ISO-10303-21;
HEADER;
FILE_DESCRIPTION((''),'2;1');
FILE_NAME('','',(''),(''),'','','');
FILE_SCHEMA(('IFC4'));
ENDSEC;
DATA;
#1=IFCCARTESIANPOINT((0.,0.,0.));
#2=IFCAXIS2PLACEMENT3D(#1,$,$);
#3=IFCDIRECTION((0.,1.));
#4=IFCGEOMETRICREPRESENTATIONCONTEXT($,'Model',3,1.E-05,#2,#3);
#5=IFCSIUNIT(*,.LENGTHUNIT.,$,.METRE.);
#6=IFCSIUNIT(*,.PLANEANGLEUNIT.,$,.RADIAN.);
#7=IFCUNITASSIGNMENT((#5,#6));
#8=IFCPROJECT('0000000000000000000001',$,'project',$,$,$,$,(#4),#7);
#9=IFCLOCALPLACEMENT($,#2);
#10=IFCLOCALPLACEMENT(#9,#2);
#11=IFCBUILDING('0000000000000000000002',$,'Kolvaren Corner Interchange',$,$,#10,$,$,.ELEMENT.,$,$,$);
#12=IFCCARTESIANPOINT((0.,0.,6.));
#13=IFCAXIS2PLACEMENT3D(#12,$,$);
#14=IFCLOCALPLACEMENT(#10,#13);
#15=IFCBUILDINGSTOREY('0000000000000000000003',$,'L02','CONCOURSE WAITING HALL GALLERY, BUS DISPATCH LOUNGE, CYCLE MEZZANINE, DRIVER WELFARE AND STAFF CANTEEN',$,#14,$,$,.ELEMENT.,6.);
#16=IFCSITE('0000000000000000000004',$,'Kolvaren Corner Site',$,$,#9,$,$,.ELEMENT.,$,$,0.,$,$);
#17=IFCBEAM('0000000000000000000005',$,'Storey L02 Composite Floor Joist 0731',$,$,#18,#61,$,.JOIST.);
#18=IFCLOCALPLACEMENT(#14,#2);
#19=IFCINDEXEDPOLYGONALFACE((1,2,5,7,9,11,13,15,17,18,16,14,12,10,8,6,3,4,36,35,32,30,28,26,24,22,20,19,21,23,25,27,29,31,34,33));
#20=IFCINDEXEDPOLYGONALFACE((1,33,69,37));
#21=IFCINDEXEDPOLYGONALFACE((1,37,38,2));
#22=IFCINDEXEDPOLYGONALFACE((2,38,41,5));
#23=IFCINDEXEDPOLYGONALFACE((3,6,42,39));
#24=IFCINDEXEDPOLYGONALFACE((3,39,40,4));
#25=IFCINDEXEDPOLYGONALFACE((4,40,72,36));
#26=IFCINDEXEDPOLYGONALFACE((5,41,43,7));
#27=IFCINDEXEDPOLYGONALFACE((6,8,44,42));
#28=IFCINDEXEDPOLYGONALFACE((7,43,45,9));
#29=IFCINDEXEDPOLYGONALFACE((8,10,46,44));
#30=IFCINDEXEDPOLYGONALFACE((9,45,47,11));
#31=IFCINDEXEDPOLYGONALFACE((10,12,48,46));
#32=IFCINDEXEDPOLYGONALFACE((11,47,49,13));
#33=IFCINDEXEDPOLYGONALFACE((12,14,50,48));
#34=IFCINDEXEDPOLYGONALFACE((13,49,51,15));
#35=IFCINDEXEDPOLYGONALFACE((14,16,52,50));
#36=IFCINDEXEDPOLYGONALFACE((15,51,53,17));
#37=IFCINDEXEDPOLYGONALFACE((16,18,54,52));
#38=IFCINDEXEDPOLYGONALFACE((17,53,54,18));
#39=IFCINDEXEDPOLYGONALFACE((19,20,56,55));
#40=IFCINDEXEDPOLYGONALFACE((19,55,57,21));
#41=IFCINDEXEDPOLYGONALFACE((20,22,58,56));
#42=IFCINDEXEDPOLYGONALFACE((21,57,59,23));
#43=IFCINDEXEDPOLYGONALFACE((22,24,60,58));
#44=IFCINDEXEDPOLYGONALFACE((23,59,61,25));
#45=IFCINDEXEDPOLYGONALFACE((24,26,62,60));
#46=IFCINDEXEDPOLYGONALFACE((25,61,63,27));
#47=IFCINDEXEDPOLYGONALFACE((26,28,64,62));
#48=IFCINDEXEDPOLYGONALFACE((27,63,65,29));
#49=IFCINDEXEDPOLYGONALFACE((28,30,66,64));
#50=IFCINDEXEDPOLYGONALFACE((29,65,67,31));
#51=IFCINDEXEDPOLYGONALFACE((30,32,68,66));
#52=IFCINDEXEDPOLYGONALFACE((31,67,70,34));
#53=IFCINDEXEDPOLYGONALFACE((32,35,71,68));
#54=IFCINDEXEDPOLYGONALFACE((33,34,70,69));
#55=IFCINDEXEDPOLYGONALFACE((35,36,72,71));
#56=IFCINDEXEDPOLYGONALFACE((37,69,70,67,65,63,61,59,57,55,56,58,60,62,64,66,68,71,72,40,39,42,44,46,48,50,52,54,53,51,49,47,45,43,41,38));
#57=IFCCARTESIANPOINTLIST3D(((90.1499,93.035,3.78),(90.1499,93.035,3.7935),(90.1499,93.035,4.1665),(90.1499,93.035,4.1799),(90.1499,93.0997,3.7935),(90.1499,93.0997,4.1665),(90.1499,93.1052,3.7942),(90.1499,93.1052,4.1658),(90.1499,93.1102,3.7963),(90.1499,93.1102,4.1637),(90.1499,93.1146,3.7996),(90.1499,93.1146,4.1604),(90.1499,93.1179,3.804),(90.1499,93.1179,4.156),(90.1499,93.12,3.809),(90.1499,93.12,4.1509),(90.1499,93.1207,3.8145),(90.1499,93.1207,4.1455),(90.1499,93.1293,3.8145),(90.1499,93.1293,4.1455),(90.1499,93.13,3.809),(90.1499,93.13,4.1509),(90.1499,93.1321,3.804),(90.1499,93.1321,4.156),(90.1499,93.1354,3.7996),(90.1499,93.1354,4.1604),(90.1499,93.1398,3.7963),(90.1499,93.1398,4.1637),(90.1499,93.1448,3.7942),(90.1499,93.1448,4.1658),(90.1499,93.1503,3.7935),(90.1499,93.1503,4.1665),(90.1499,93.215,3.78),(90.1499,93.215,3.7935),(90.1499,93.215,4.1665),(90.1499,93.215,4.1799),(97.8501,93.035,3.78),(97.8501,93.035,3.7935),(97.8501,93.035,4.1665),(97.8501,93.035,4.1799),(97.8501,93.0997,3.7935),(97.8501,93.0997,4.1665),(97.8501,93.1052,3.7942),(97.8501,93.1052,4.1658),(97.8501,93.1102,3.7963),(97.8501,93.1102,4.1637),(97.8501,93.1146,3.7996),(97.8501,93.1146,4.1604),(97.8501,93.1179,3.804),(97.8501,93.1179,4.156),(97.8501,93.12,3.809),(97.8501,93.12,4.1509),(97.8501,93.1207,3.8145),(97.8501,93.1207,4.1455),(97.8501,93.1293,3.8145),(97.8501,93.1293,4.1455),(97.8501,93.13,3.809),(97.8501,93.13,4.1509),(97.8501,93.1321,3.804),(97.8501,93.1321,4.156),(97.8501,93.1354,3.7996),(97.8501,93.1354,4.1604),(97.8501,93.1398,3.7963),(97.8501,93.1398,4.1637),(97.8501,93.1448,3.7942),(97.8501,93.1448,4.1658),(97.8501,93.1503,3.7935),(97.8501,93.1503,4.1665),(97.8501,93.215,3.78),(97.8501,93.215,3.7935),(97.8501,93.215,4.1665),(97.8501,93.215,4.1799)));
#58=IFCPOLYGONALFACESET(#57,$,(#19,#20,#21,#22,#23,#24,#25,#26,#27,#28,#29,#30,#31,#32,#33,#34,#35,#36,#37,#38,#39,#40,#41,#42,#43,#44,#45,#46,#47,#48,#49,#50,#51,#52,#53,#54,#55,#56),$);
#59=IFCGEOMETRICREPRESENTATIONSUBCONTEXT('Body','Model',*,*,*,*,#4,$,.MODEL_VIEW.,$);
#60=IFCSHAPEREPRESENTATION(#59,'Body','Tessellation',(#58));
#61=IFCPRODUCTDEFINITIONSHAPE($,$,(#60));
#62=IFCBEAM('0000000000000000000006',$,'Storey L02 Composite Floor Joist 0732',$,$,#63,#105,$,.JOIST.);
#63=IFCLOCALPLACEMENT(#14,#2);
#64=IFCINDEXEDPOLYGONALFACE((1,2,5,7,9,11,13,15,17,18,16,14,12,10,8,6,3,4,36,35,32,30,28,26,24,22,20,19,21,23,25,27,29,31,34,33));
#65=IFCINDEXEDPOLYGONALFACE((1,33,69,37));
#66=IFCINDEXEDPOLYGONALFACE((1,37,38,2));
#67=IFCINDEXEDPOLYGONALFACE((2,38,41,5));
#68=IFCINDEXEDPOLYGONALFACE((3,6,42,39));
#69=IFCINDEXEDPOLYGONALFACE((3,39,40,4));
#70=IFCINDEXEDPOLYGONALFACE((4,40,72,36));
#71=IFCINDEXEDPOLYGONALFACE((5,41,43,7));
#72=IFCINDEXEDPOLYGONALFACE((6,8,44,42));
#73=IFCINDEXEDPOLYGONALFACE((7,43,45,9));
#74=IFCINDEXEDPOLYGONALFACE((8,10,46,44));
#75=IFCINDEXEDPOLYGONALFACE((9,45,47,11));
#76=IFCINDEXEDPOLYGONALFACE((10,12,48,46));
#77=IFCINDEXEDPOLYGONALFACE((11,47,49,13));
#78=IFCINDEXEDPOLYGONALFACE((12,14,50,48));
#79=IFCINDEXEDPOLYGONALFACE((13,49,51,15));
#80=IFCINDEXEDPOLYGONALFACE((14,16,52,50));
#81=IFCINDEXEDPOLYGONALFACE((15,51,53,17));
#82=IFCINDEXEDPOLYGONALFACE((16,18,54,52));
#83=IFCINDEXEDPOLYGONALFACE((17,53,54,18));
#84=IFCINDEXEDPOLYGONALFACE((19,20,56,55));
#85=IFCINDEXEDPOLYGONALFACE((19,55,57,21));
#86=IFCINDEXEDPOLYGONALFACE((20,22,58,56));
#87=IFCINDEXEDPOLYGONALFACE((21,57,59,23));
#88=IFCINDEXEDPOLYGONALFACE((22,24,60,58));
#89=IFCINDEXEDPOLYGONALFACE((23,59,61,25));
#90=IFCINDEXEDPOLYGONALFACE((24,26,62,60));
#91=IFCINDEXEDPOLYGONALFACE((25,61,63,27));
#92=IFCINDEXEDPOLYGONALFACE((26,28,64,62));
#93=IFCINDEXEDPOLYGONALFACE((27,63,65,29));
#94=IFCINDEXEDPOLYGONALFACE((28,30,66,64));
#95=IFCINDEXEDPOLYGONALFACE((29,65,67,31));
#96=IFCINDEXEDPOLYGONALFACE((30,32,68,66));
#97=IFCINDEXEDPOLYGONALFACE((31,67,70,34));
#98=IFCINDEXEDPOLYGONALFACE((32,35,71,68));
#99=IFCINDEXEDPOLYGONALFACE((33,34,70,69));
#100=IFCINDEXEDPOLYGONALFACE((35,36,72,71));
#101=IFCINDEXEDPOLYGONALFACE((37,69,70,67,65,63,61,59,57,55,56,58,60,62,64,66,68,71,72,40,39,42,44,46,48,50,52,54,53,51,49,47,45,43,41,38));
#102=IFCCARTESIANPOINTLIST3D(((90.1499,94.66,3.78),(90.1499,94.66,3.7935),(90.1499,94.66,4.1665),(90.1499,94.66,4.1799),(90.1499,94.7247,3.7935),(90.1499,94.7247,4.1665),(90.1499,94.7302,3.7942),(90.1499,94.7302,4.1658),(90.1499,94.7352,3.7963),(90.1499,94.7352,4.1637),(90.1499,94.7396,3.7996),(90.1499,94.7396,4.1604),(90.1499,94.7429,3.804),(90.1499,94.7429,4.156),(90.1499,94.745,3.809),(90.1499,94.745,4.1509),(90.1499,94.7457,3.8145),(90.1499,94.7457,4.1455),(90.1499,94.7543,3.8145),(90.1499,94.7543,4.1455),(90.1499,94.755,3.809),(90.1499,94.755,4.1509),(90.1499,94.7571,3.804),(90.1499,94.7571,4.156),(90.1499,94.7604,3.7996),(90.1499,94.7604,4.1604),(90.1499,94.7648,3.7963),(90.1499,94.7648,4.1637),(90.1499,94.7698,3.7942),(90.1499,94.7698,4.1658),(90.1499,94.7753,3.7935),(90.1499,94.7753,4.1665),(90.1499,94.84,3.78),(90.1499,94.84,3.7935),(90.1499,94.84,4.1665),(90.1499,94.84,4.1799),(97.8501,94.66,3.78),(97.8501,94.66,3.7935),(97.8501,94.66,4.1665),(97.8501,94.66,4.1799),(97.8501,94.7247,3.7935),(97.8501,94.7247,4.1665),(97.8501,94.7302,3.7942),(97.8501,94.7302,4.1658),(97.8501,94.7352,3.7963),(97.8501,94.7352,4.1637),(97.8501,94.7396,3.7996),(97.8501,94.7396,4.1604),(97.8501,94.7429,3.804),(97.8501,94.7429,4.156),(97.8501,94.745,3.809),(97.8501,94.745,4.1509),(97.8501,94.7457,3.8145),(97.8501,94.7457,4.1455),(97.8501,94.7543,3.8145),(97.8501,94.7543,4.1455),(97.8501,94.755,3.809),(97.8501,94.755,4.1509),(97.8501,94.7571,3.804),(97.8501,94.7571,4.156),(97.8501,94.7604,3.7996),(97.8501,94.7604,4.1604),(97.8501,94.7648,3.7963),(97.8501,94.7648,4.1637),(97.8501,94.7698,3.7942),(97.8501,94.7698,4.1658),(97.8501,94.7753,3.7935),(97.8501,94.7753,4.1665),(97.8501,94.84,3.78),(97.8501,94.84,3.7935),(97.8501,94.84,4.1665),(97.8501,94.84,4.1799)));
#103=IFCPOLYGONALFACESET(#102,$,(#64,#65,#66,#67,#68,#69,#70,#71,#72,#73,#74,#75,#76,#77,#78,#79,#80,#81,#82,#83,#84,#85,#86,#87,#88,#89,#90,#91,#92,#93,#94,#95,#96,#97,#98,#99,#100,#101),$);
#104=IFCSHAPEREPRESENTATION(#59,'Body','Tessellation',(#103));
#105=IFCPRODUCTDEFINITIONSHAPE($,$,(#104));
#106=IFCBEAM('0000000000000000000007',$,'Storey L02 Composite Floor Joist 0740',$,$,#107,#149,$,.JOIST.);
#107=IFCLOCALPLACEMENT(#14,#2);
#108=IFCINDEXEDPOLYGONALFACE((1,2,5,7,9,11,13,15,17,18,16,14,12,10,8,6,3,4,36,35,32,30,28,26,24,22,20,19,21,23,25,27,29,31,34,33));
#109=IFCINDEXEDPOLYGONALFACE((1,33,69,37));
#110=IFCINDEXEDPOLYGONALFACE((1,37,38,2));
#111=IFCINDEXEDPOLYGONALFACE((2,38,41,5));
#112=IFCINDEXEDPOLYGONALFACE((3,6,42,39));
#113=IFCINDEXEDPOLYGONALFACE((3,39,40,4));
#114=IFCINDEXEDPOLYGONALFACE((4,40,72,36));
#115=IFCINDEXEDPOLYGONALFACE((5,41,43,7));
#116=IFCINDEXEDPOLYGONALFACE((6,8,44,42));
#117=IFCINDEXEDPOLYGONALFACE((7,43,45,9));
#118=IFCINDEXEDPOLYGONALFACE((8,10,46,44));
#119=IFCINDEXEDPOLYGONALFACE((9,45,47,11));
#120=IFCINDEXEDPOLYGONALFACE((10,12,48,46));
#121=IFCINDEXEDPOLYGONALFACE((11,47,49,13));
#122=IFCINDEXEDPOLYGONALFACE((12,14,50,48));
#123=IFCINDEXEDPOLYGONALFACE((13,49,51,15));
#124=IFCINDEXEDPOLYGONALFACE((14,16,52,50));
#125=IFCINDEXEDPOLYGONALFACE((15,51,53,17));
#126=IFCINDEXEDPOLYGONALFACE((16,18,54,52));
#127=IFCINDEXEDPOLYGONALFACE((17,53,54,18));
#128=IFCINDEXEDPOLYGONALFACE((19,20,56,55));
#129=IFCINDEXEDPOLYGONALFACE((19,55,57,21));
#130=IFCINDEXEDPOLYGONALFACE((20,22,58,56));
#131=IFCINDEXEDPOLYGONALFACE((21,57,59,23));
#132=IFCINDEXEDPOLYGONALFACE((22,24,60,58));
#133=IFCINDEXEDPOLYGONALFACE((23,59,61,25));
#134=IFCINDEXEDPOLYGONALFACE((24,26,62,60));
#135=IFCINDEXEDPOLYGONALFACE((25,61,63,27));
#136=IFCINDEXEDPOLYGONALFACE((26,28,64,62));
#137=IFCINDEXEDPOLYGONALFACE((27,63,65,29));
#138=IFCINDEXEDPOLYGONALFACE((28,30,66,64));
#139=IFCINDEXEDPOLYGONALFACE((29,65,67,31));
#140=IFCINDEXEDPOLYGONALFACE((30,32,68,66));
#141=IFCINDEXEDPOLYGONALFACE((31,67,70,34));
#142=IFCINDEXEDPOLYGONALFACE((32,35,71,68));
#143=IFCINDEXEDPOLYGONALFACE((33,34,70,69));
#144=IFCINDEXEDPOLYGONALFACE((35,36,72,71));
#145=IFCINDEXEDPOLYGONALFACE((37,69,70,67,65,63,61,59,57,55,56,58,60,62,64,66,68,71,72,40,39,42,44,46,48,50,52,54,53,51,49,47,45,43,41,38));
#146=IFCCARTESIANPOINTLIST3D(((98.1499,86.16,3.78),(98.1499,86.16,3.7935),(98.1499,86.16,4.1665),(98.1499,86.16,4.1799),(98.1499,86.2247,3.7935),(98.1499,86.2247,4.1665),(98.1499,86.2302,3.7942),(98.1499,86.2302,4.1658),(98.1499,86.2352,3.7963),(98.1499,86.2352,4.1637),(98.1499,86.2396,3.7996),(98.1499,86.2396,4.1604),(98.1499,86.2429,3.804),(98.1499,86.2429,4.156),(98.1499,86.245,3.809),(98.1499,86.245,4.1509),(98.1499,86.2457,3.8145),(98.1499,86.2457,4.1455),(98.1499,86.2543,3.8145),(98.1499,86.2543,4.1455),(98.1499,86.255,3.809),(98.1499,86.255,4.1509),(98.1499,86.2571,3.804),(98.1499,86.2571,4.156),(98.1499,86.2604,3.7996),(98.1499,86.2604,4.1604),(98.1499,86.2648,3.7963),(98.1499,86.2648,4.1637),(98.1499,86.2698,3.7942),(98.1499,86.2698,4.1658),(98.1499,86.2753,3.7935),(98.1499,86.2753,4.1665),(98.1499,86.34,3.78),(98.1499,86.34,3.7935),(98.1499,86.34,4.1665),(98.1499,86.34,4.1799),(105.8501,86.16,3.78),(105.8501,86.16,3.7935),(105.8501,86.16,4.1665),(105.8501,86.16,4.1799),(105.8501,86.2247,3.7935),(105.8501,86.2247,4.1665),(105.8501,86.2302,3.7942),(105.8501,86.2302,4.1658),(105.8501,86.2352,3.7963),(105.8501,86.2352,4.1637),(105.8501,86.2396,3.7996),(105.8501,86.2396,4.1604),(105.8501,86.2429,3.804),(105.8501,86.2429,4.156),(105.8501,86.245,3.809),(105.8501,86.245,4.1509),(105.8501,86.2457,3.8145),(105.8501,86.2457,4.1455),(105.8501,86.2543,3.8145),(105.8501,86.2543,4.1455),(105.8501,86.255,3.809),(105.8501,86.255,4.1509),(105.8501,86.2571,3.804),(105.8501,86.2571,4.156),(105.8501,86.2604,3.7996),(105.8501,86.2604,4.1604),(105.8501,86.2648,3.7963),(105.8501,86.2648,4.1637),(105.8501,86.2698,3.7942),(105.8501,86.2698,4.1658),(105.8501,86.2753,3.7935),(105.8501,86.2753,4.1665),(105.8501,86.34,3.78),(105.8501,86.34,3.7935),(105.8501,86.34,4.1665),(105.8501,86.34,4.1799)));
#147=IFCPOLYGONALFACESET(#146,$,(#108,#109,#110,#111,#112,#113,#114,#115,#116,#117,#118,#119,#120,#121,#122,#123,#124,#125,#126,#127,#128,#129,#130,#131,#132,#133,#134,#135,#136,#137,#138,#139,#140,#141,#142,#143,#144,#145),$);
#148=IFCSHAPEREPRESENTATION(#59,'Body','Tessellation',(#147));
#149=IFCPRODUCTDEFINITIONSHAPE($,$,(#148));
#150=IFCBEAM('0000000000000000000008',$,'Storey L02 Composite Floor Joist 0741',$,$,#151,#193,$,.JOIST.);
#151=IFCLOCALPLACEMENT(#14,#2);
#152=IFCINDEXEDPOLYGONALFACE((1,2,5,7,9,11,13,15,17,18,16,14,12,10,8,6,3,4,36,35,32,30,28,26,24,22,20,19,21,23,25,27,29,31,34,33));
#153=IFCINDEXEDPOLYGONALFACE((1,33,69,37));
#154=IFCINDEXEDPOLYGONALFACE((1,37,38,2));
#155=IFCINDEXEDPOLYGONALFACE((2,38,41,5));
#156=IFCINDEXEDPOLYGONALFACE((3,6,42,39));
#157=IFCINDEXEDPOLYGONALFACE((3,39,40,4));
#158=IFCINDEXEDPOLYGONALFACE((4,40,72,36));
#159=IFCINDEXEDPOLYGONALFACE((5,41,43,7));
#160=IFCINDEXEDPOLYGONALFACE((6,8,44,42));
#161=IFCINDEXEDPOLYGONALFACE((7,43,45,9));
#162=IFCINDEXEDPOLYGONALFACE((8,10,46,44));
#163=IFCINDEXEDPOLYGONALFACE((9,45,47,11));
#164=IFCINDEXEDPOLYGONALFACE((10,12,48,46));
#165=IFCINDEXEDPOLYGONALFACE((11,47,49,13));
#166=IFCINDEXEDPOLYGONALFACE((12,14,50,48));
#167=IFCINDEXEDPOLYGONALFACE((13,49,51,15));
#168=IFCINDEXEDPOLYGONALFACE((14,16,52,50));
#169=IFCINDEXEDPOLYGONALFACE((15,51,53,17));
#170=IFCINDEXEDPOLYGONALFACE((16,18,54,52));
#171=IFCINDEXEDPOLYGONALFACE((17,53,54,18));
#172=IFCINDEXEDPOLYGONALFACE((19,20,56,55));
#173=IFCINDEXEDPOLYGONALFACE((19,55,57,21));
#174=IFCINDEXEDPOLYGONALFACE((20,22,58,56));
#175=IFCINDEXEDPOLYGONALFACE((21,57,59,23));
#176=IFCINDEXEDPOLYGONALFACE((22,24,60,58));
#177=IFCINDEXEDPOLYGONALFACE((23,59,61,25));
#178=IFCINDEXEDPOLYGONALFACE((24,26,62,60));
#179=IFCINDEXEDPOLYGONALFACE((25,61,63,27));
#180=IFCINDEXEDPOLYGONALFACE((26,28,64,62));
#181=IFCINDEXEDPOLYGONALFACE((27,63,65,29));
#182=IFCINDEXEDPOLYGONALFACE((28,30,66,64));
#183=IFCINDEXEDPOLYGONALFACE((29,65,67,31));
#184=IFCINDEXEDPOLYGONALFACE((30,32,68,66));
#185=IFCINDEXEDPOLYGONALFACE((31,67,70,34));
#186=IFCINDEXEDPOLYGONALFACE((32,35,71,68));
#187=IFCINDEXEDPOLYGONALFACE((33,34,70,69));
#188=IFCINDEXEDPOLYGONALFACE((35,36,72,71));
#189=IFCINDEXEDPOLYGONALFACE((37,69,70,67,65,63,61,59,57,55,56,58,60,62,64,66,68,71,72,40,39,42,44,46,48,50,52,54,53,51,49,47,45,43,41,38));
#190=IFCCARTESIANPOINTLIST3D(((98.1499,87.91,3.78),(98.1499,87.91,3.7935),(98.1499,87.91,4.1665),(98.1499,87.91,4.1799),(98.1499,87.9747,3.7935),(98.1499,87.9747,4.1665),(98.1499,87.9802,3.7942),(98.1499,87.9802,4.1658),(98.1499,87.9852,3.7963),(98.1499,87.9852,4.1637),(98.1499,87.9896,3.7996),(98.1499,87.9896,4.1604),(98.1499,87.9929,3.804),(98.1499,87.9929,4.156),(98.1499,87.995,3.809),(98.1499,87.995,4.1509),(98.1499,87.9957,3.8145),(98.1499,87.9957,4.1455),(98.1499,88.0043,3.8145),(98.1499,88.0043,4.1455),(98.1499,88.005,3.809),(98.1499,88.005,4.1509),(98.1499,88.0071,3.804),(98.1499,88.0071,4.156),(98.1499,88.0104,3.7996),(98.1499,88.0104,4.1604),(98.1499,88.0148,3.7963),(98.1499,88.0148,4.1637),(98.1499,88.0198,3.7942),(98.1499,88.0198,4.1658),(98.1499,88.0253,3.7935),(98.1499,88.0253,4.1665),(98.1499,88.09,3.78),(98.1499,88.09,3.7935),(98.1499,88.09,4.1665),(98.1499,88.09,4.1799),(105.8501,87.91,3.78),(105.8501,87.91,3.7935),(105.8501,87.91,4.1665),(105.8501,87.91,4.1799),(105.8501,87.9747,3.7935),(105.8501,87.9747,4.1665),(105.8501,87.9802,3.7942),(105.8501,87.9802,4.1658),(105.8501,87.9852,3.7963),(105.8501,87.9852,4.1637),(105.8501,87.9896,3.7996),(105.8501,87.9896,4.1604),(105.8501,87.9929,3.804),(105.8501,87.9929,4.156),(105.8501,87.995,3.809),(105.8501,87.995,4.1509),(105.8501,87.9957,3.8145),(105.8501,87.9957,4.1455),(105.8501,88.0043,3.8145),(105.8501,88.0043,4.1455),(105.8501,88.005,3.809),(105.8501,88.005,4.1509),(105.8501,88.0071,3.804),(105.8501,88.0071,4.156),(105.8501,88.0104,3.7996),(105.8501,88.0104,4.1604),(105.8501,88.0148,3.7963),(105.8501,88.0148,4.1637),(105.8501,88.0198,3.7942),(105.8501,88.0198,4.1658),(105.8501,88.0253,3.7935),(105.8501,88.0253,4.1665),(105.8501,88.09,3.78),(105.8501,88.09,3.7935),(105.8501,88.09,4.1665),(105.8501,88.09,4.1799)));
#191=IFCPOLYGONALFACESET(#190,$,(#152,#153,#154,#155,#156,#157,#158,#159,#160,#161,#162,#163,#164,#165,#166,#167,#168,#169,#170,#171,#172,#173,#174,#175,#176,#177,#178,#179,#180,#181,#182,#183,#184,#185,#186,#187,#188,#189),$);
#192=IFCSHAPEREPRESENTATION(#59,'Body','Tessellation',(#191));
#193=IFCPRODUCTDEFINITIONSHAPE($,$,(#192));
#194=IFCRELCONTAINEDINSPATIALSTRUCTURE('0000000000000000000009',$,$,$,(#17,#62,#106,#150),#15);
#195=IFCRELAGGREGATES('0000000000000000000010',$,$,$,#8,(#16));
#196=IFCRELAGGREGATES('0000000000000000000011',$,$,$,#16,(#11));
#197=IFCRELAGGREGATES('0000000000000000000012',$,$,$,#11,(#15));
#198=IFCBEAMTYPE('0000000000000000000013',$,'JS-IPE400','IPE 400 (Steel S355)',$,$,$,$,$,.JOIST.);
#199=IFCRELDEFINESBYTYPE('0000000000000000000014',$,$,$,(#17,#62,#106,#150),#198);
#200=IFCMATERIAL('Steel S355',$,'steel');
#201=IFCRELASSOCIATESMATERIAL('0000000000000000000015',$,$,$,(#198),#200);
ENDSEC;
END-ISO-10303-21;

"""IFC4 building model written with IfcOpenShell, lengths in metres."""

from ifc_helpers import new_model, si_unit, direction, frame, origin, origin_2d, place, context, subcontext, project, spatial, i_section, extrude, material, material_profile, profile_set, type_object, element, save


model = new_model("IFC4")

# Units and contexts
model_context = context("Model", 3, precision=1e-05, world=origin(), true_north=direction((0.0, 1.0)))
body_context = subcontext(model_context, "Body", "Model", "MODEL_VIEW")
ifc_project = project(units=[si_unit("LENGTHUNIT", "METRE"), si_unit("PLANEANGLEUNIT", "RADIAN")], contexts=[model_context])

# Site, building, storey
site_placement = place(None, origin())
site = spatial("IfcSite", under=ifc_project, at=site_placement, Name="Kolvaren Corner Site", CompositionType="ELEMENT", RefElevation=0.0)
building_placement = place(site_placement, origin())
building = spatial("IfcBuilding", under=site, at=building_placement, Name="Kolvaren Corner Interchange", CompositionType="ELEMENT")
storey_placement = place(building_placement, frame((0.0, 0.0, 6.0)))
storey = spatial("IfcBuildingStorey", under=building, at=storey_placement, Name="L02", Description="CONCOURSE WAITING HALL GALLERY, BUS DISPATCH LOUNGE, CYCLE MEZZANINE, DRIVER WELFARE AND STAFF CANTEEN", CompositionType="ELEMENT", Elevation=6.0)

# Beams
ifc_material_1 = material(Name="Steel S355", Category="steel")
ifc_material_profile_1 = material_profile(ifc_material_1, i_section(OverallWidth=0.1799, OverallDepth=0.3999, WebThickness=0.0085, FlangeThickness=0.0134, FilletRadius=0.021, at=origin_2d()), Name="IPE 400")
ifc_profile_set_1 = profile_set([ifc_material_profile_1], Name="Steel S355")
beam_type_1 = type_object("IfcBeamType", Name="JS-IPE400", Description="IPE 400 (Steel S355)", PredefinedType="JOIST", material=ifc_profile_set_1)
for number, where, z_axis, x_axis, name in (
    (1, (90.1499, 93.125, 3.98), (1.0, 0.0, 0.0), (0.0, 1.0, 0.0), "Storey L02 Composite Floor Joist 0731"),
    (2, (90.1499, 94.75, 3.98), (1.0, 0.0, 0.0), (0.0, 1.0, 0.0), "Storey L02 Composite Floor Joist 0732"),
    (3, (98.1499, 86.25, 3.98), (1.0, 0.0, 0.0), (0.0, 1.0, 0.0), "Storey L02 Composite Floor Joist 0740"),
    (4, (98.1499, 88.0, 3.98), (1.0, 0.0, 0.0), (0.0, 1.0, 0.0), "Storey L02 Composite Floor Joist 0741"),
):
    element("IfcBeam", number, at=place(storey_placement, frame(where, z_axis=z_axis, x_axis=x_axis)), inside=storey, type_object=beam_type_1, Name=name, PredefinedType="JOIST", context=body_context, shape_type="SweptSolid", body=[
        extrude(i_section(OverallWidth=0.1799, OverallDepth=0.3999, WebThickness=0.0085, FlangeThickness=0.0134, FilletRadius=0.021, at=origin_2d()), origin(), (0.0, 0.0, 1.0), 7.7002),
    ])

save(model, "model.ifc")
